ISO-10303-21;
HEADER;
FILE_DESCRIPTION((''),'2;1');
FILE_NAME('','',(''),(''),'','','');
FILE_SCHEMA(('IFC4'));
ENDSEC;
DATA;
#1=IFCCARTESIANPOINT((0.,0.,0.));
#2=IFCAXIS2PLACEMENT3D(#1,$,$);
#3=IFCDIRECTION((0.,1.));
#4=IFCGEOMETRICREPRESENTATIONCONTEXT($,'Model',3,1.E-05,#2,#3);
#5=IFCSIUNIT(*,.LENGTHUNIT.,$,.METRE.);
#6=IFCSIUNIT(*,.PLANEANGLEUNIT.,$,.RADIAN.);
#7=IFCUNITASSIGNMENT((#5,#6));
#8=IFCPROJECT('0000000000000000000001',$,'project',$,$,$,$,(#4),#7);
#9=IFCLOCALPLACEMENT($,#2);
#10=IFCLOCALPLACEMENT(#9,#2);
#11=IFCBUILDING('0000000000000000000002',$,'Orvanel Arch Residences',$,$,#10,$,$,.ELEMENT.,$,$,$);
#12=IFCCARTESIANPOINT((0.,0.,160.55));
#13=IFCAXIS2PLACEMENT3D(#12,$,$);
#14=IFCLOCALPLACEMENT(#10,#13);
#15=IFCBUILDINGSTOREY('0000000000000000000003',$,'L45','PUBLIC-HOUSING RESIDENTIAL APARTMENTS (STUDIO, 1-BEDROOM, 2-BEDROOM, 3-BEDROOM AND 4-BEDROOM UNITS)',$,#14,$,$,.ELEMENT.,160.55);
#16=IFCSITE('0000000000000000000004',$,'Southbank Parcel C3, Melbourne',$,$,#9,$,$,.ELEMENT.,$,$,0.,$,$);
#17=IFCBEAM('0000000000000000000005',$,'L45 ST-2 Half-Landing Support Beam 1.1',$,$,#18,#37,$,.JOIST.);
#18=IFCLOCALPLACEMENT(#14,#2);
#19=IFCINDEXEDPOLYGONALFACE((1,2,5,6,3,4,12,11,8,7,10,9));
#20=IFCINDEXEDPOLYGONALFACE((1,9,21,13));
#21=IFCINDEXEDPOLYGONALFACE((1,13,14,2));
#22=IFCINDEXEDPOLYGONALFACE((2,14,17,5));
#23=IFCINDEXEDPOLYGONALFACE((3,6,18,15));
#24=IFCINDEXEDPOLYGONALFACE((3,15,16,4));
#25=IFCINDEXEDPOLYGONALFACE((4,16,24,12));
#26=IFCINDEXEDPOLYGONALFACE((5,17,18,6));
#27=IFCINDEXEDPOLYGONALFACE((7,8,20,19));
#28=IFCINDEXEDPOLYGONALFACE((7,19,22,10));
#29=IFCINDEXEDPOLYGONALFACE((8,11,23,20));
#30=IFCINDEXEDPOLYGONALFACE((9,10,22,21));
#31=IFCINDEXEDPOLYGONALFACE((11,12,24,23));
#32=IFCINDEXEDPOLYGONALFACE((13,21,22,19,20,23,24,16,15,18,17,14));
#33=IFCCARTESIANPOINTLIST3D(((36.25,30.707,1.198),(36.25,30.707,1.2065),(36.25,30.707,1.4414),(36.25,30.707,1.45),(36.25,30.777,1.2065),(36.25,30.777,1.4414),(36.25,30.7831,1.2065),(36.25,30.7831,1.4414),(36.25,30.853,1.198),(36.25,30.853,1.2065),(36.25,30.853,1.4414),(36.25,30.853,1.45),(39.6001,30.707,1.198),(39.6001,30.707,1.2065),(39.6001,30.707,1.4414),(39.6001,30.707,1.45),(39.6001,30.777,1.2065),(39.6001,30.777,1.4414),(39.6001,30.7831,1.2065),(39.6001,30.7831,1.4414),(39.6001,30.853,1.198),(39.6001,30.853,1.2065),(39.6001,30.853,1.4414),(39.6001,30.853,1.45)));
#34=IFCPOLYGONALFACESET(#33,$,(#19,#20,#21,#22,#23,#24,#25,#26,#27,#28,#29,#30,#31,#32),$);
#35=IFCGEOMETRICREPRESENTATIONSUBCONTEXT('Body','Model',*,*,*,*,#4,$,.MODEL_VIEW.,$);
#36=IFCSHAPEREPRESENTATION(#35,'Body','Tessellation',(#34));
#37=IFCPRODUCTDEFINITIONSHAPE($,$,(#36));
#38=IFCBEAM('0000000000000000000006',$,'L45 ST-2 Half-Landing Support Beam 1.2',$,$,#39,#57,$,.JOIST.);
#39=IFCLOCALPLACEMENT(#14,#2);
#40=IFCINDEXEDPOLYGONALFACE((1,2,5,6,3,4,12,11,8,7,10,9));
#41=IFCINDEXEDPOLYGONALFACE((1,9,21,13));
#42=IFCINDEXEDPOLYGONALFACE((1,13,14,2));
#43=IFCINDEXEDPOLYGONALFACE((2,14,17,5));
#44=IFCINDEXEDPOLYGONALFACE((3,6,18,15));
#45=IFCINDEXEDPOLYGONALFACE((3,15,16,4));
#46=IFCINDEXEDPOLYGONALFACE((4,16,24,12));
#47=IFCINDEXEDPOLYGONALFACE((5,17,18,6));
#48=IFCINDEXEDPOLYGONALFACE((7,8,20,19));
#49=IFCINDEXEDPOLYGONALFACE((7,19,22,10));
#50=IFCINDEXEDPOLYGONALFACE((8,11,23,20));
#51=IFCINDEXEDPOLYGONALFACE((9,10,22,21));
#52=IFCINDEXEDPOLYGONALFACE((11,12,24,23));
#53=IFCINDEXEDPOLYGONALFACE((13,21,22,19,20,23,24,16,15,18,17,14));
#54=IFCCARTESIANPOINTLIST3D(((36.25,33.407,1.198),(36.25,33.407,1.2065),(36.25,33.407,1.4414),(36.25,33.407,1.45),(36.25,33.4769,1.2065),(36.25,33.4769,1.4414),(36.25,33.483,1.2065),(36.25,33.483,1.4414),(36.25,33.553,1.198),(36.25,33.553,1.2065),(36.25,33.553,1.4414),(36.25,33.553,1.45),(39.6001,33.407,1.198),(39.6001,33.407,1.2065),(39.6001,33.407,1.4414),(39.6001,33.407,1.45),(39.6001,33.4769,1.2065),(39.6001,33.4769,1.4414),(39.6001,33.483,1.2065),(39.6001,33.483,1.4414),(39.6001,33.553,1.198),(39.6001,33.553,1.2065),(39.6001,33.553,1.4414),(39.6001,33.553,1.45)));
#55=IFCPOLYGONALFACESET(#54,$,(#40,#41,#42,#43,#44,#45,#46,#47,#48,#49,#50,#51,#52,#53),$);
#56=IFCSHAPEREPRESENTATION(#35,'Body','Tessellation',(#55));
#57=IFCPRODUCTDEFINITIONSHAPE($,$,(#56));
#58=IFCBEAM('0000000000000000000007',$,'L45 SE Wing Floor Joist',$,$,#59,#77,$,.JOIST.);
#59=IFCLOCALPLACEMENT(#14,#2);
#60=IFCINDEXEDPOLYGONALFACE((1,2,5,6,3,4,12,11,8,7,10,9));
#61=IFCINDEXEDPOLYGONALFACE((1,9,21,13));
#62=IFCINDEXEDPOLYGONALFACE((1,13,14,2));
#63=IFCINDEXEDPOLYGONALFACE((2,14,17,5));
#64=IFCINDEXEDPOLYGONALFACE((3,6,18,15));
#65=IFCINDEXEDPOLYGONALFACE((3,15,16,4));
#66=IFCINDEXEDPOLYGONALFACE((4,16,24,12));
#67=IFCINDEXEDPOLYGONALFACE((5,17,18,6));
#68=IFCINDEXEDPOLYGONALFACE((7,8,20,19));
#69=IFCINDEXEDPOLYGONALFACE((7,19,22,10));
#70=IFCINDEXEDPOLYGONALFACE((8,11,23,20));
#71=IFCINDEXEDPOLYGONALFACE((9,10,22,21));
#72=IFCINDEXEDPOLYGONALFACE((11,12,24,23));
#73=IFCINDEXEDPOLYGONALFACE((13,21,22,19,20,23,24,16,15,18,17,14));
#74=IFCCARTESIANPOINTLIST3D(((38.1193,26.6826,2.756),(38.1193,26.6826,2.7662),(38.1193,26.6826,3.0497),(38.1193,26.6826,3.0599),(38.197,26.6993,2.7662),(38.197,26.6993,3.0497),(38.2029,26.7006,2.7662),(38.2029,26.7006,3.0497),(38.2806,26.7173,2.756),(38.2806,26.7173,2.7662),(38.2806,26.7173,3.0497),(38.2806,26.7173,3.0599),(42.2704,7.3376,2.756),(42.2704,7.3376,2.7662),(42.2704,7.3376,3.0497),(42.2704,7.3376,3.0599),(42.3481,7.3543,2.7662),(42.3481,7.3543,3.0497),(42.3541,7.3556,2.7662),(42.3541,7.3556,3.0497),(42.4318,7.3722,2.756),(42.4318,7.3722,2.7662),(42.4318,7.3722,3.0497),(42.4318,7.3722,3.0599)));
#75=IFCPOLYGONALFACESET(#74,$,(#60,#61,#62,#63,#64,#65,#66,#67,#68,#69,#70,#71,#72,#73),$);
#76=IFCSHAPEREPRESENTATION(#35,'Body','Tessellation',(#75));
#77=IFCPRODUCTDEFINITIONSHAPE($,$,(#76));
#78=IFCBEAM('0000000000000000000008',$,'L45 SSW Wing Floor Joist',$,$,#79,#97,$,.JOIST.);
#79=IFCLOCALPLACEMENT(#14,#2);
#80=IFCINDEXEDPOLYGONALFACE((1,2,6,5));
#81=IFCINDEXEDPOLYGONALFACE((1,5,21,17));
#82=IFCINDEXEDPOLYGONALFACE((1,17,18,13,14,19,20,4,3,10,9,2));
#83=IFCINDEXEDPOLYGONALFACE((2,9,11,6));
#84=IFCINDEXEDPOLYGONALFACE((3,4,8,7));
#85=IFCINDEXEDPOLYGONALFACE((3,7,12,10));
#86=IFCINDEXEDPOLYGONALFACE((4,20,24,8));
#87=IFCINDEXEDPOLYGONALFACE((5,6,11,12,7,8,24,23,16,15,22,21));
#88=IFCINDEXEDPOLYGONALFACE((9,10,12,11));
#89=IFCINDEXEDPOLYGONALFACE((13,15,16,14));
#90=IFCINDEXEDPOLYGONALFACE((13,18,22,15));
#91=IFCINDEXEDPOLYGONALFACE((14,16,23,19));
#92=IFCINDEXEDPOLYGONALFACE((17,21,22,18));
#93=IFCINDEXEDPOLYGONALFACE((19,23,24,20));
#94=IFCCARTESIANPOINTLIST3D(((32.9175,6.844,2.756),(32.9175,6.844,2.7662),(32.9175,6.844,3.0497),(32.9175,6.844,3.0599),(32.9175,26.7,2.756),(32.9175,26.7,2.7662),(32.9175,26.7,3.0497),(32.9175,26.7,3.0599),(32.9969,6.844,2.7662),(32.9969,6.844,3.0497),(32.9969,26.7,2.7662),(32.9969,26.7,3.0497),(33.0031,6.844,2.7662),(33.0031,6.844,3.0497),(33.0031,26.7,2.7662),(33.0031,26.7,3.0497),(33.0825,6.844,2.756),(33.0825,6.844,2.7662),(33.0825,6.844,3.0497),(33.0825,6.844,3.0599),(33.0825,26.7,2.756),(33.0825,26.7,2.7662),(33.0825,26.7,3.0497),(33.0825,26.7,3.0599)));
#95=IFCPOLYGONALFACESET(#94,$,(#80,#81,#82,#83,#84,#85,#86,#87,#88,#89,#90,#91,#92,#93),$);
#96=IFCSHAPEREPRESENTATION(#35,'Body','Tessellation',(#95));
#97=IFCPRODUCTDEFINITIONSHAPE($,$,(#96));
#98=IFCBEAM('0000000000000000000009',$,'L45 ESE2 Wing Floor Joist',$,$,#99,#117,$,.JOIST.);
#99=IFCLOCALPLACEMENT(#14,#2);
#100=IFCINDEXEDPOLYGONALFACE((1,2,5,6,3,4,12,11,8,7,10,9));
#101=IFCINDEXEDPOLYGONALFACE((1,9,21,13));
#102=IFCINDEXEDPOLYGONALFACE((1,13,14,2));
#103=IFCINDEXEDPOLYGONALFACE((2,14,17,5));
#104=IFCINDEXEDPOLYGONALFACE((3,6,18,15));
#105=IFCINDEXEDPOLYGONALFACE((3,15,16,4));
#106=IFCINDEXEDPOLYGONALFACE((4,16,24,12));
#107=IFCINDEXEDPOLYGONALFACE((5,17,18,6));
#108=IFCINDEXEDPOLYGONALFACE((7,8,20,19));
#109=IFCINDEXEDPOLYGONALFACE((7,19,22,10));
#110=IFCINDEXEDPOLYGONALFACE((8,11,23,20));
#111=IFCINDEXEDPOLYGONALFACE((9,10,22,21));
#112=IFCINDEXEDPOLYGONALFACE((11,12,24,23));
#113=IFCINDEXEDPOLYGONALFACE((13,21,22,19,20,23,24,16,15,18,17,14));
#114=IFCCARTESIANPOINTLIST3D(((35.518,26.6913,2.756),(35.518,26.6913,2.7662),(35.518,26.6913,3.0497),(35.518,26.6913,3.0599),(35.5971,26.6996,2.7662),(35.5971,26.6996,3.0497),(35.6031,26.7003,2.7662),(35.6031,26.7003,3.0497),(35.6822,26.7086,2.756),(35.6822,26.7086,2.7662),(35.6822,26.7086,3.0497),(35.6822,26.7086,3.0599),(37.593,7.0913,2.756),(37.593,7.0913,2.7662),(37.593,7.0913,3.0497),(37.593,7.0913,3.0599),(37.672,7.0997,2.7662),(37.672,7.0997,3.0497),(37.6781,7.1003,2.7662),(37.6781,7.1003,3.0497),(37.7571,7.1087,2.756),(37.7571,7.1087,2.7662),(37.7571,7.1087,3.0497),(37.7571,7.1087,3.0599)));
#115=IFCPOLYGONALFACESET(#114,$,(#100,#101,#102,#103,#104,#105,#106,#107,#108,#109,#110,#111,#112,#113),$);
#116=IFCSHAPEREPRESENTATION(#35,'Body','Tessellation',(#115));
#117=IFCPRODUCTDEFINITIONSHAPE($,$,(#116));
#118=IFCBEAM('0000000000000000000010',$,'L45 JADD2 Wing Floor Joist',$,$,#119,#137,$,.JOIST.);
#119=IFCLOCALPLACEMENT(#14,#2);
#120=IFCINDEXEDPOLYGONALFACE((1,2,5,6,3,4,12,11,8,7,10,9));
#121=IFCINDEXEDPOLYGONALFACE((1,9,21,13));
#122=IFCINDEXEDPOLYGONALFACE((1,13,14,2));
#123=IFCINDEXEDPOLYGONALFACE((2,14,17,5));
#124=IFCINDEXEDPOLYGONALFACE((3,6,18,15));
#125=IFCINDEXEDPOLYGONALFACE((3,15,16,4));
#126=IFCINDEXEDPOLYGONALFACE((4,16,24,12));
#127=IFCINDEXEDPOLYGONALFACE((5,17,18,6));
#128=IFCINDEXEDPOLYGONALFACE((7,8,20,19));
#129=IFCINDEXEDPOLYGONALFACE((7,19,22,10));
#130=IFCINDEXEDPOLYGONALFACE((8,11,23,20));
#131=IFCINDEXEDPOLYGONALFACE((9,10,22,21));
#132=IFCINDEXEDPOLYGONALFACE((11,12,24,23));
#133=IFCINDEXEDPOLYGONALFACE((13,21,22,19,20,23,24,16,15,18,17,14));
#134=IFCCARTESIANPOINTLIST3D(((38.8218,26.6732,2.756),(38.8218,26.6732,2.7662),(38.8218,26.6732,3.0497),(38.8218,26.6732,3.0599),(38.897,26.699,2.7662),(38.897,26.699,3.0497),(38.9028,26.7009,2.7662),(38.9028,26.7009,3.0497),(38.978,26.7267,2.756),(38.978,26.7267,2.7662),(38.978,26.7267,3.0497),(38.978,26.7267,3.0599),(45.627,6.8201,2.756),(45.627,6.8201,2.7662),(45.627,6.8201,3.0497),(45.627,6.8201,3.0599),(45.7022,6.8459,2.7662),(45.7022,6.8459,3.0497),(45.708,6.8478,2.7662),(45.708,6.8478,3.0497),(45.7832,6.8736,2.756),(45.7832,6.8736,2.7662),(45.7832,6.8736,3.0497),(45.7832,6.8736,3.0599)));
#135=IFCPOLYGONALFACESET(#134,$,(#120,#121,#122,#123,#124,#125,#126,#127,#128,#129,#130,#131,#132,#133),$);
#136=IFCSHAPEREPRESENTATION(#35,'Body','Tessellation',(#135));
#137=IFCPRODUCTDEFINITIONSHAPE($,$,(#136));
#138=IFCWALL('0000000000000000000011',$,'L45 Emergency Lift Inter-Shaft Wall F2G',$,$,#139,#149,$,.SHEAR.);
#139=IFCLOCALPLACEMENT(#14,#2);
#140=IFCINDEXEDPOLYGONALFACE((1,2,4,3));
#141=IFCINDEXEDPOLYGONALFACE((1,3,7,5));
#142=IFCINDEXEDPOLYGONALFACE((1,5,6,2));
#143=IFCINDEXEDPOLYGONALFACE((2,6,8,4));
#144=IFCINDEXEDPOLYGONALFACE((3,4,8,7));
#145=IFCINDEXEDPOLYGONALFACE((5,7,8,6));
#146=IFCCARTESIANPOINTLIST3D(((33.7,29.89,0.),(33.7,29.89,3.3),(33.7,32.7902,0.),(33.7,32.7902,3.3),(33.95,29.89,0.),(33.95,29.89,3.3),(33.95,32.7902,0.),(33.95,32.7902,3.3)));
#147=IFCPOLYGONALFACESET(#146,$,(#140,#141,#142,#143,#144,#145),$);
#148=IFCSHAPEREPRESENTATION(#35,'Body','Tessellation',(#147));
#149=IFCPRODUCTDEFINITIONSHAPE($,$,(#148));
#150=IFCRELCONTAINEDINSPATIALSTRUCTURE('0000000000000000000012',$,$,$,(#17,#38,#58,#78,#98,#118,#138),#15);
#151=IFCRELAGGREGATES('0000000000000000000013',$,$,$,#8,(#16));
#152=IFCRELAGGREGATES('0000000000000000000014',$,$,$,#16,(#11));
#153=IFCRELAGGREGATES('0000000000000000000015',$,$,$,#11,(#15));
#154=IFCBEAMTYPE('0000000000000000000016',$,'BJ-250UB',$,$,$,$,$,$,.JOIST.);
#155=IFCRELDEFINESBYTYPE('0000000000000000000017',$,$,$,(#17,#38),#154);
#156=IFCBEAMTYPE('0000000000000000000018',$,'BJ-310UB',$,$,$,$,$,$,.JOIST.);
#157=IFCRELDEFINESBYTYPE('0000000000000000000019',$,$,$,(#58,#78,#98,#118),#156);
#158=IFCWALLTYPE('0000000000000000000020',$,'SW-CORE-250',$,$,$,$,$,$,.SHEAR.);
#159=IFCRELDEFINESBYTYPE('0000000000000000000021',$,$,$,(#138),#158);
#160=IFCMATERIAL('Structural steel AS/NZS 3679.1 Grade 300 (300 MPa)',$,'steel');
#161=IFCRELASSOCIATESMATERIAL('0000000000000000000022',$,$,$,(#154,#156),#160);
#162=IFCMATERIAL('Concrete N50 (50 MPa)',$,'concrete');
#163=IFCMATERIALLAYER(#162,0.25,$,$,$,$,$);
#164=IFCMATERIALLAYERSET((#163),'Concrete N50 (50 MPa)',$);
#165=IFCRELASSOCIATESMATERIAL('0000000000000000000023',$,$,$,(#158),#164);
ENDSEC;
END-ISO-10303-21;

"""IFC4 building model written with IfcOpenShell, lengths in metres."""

from ifc_helpers import new_model, si_unit, direction, frame, frame_2d, origin, origin_2d, place, context, subcontext, project, spatial, rectangle, i_section, extrude, material, layer, layer_set, material_profile, profile_set, type_object, element, save


model = new_model("IFC4")

# Units and contexts
model_context = context("Model", 3, precision=1e-05, world=origin(), true_north=direction((0.0, 1.0)))
body_context = subcontext(model_context, "Body", "Model", "MODEL_VIEW")
ifc_project = project(units=[si_unit("LENGTHUNIT", "METRE"), si_unit("PLANEANGLEUNIT", "RADIAN")], contexts=[model_context])

# Site, building, storey
site_placement = place(None, origin())
site = spatial("IfcSite", under=ifc_project, at=site_placement, Name="Southbank Parcel C3, Melbourne", CompositionType="ELEMENT", RefElevation=0.0)
building_placement = place(site_placement, origin())
building = spatial("IfcBuilding", under=site, at=building_placement, Name="Orvanel Arch Residences", CompositionType="ELEMENT")
storey_placement = place(building_placement, frame((0.0, 0.0, 160.55)))
storey = spatial("IfcBuildingStorey", under=building, at=storey_placement, Name="L45", Description="PUBLIC-HOUSING RESIDENTIAL APARTMENTS (STUDIO, 1-BEDROOM, 2-BEDROOM, 3-BEDROOM AND 4-BEDROOM UNITS)", CompositionType="ELEMENT", Elevation=160.55)

# Beams
ifc_material_1 = material(Name="Structural steel AS/NZS 3679.1 Grade 300 (300 MPa)", Category="steel")
ifc_material_profile_1 = material_profile(ifc_material_1, i_section(OverallWidth=0.146, OverallDepth=0.252, WebThickness=0.0061, FlangeThickness=0.0085, at=origin_2d()), Name="250UB31.4")
ifc_profile_set_1 = profile_set([ifc_material_profile_1], Name="Structural steel AS/NZS 3679.1 Grade 300 (300 MPa)")
beam_type_1 = type_object("IfcBeamType", Name="BJ-250UB", PredefinedType="JOIST", material=ifc_profile_set_1)
for number, where, z_axis, x_axis, name in (
    (1, (36.25, 30.78, 1.324), (1.0, 0.0, 0.0), (0.0, 1.0, 0.0), "L45 ST-2 Half-Landing Support Beam 1.1"),
    (2, (36.25, 33.48, 1.324), (1.0, 0.0, 0.0), (0.0, 1.0, 0.0), "L45 ST-2 Half-Landing Support Beam 1.2"),
):
    element("IfcBeam", number, at=place(storey_placement, frame(where, z_axis=z_axis, x_axis=x_axis)), inside=storey, type_object=beam_type_1, Name=name, PredefinedType="JOIST", context=body_context, shape_type="SweptSolid", body=[
        extrude(i_section(OverallWidth=0.146, OverallDepth=0.252, WebThickness=0.0061, FlangeThickness=0.0085, at=origin_2d()), origin(), (0.0, 0.0, 1.0), 3.3501),
    ])
ifc_material_profile_2 = material_profile(ifc_material_1, i_section(OverallWidth=0.165, OverallDepth=0.304, WebThickness=0.0061, FlangeThickness=0.0103, at=origin_2d()), Name="310UB40.4")
ifc_profile_set_2 = profile_set([ifc_material_profile_2], Name="Structural steel AS/NZS 3679.1 Grade 300 (300 MPa)")
beam_type_2 = type_object("IfcBeamType", Name="BJ-310UB", PredefinedType="JOIST", material=ifc_profile_set_2)
beam_1_placement = place(storey_placement, frame((38.2, 26.7, 2.908), z_axis=(0.209808, -0.977743, 0.0), x_axis=(0.977743, 0.209808, 0.0)))
element("IfcBeam", 3, at=beam_1_placement, inside=storey, type_object=beam_type_2, Name="L45 SE Wing Floor Joist", PredefinedType="JOIST", context=body_context, shape_type="SweptSolid", body=[
    extrude(i_section(OverallWidth=0.165, OverallDepth=0.304, WebThickness=0.0061, FlangeThickness=0.0103, at=origin_2d()), origin(), (0.0, 0.0, 1.0), 19.7854),
])
beam_2_placement = place(storey_placement, frame((33.0, 26.7, 2.908), z_axis=(0.0, -1.0, 0.0), x_axis=(1.0, 0.0, 0.0)))
element("IfcBeam", 4, at=beam_2_placement, inside=storey, type_object=beam_type_2, Name="L45 SSW Wing Floor Joist", PredefinedType="JOIST", context=body_context, shape_type="SweptSolid", body=[
    extrude(i_section(OverallWidth=0.165, OverallDepth=0.304, WebThickness=0.0061, FlangeThickness=0.0103, at=origin_2d()), origin(), (0.0, 0.0, 1.0), 19.856),
])
beam_3_placement = place(storey_placement, frame((35.6001, 26.7, 2.908), z_axis=(0.105277, -0.994443, 0.0), x_axis=(0.994443, 0.105277, 0.0)))
element("IfcBeam", 5, at=beam_3_placement, inside=storey, type_object=beam_type_2, Name="L45 ESE2 Wing Floor Joist", PredefinedType="JOIST", context=body_context, shape_type="SweptSolid", body=[
    extrude(i_section(OverallWidth=0.165, OverallDepth=0.304, WebThickness=0.0061, FlangeThickness=0.0103, at=origin_2d()), origin(), (0.0, 0.0, 1.0), 19.7095),
])
beam_4_placement = place(storey_placement, frame((38.8999, 26.7, 2.908), z_axis=(0.324257, -0.945969, 0.0), x_axis=(0.945969, 0.324257, 0.0)))
element("IfcBeam", 6, at=beam_4_placement, inside=storey, type_object=beam_type_2, Name="L45 JADD2 Wing Floor Joist", PredefinedType="JOIST", context=body_context, shape_type="SweptSolid", body=[
    extrude(i_section(OverallWidth=0.165, OverallDepth=0.304, WebThickness=0.0061, FlangeThickness=0.0103, at=origin_2d()), origin(), (0.0, 0.0, 1.0), 20.9871),
])

# Wall
ifc_material_2 = material(Name="Concrete N50 (50 MPa)", Category="concrete")
ifc_layer_1 = layer(ifc_material_2, 0.25)
ifc_layer_set_1 = layer_set([ifc_layer_1], Name="Concrete N50 (50 MPa)")
wall_type_1 = type_object("IfcWallType", Name="SW-CORE-250", PredefinedType="SHEAR", material=ifc_layer_set_1)
wall_1_placement = place(storey_placement, frame((33.825, 29.8899, 0.0), z_axis=(0.0, 0.0, 1.0), x_axis=(0.0, 1.0, 0.0)))
element("IfcWall", 7, at=wall_1_placement, inside=storey, type_object=wall_type_1, Name="L45 Emergency Lift Inter-Shaft Wall F2G", PredefinedType="SHEAR", context=body_context, shape_type="SweptSolid", body=[
    extrude(rectangle(XDim=2.9001, YDim=0.25, at=frame_2d((1.4502, 0.0))), origin(), (0.0, 0.0, 1.0), 3.3),
])

save(model, "model.ifc")
